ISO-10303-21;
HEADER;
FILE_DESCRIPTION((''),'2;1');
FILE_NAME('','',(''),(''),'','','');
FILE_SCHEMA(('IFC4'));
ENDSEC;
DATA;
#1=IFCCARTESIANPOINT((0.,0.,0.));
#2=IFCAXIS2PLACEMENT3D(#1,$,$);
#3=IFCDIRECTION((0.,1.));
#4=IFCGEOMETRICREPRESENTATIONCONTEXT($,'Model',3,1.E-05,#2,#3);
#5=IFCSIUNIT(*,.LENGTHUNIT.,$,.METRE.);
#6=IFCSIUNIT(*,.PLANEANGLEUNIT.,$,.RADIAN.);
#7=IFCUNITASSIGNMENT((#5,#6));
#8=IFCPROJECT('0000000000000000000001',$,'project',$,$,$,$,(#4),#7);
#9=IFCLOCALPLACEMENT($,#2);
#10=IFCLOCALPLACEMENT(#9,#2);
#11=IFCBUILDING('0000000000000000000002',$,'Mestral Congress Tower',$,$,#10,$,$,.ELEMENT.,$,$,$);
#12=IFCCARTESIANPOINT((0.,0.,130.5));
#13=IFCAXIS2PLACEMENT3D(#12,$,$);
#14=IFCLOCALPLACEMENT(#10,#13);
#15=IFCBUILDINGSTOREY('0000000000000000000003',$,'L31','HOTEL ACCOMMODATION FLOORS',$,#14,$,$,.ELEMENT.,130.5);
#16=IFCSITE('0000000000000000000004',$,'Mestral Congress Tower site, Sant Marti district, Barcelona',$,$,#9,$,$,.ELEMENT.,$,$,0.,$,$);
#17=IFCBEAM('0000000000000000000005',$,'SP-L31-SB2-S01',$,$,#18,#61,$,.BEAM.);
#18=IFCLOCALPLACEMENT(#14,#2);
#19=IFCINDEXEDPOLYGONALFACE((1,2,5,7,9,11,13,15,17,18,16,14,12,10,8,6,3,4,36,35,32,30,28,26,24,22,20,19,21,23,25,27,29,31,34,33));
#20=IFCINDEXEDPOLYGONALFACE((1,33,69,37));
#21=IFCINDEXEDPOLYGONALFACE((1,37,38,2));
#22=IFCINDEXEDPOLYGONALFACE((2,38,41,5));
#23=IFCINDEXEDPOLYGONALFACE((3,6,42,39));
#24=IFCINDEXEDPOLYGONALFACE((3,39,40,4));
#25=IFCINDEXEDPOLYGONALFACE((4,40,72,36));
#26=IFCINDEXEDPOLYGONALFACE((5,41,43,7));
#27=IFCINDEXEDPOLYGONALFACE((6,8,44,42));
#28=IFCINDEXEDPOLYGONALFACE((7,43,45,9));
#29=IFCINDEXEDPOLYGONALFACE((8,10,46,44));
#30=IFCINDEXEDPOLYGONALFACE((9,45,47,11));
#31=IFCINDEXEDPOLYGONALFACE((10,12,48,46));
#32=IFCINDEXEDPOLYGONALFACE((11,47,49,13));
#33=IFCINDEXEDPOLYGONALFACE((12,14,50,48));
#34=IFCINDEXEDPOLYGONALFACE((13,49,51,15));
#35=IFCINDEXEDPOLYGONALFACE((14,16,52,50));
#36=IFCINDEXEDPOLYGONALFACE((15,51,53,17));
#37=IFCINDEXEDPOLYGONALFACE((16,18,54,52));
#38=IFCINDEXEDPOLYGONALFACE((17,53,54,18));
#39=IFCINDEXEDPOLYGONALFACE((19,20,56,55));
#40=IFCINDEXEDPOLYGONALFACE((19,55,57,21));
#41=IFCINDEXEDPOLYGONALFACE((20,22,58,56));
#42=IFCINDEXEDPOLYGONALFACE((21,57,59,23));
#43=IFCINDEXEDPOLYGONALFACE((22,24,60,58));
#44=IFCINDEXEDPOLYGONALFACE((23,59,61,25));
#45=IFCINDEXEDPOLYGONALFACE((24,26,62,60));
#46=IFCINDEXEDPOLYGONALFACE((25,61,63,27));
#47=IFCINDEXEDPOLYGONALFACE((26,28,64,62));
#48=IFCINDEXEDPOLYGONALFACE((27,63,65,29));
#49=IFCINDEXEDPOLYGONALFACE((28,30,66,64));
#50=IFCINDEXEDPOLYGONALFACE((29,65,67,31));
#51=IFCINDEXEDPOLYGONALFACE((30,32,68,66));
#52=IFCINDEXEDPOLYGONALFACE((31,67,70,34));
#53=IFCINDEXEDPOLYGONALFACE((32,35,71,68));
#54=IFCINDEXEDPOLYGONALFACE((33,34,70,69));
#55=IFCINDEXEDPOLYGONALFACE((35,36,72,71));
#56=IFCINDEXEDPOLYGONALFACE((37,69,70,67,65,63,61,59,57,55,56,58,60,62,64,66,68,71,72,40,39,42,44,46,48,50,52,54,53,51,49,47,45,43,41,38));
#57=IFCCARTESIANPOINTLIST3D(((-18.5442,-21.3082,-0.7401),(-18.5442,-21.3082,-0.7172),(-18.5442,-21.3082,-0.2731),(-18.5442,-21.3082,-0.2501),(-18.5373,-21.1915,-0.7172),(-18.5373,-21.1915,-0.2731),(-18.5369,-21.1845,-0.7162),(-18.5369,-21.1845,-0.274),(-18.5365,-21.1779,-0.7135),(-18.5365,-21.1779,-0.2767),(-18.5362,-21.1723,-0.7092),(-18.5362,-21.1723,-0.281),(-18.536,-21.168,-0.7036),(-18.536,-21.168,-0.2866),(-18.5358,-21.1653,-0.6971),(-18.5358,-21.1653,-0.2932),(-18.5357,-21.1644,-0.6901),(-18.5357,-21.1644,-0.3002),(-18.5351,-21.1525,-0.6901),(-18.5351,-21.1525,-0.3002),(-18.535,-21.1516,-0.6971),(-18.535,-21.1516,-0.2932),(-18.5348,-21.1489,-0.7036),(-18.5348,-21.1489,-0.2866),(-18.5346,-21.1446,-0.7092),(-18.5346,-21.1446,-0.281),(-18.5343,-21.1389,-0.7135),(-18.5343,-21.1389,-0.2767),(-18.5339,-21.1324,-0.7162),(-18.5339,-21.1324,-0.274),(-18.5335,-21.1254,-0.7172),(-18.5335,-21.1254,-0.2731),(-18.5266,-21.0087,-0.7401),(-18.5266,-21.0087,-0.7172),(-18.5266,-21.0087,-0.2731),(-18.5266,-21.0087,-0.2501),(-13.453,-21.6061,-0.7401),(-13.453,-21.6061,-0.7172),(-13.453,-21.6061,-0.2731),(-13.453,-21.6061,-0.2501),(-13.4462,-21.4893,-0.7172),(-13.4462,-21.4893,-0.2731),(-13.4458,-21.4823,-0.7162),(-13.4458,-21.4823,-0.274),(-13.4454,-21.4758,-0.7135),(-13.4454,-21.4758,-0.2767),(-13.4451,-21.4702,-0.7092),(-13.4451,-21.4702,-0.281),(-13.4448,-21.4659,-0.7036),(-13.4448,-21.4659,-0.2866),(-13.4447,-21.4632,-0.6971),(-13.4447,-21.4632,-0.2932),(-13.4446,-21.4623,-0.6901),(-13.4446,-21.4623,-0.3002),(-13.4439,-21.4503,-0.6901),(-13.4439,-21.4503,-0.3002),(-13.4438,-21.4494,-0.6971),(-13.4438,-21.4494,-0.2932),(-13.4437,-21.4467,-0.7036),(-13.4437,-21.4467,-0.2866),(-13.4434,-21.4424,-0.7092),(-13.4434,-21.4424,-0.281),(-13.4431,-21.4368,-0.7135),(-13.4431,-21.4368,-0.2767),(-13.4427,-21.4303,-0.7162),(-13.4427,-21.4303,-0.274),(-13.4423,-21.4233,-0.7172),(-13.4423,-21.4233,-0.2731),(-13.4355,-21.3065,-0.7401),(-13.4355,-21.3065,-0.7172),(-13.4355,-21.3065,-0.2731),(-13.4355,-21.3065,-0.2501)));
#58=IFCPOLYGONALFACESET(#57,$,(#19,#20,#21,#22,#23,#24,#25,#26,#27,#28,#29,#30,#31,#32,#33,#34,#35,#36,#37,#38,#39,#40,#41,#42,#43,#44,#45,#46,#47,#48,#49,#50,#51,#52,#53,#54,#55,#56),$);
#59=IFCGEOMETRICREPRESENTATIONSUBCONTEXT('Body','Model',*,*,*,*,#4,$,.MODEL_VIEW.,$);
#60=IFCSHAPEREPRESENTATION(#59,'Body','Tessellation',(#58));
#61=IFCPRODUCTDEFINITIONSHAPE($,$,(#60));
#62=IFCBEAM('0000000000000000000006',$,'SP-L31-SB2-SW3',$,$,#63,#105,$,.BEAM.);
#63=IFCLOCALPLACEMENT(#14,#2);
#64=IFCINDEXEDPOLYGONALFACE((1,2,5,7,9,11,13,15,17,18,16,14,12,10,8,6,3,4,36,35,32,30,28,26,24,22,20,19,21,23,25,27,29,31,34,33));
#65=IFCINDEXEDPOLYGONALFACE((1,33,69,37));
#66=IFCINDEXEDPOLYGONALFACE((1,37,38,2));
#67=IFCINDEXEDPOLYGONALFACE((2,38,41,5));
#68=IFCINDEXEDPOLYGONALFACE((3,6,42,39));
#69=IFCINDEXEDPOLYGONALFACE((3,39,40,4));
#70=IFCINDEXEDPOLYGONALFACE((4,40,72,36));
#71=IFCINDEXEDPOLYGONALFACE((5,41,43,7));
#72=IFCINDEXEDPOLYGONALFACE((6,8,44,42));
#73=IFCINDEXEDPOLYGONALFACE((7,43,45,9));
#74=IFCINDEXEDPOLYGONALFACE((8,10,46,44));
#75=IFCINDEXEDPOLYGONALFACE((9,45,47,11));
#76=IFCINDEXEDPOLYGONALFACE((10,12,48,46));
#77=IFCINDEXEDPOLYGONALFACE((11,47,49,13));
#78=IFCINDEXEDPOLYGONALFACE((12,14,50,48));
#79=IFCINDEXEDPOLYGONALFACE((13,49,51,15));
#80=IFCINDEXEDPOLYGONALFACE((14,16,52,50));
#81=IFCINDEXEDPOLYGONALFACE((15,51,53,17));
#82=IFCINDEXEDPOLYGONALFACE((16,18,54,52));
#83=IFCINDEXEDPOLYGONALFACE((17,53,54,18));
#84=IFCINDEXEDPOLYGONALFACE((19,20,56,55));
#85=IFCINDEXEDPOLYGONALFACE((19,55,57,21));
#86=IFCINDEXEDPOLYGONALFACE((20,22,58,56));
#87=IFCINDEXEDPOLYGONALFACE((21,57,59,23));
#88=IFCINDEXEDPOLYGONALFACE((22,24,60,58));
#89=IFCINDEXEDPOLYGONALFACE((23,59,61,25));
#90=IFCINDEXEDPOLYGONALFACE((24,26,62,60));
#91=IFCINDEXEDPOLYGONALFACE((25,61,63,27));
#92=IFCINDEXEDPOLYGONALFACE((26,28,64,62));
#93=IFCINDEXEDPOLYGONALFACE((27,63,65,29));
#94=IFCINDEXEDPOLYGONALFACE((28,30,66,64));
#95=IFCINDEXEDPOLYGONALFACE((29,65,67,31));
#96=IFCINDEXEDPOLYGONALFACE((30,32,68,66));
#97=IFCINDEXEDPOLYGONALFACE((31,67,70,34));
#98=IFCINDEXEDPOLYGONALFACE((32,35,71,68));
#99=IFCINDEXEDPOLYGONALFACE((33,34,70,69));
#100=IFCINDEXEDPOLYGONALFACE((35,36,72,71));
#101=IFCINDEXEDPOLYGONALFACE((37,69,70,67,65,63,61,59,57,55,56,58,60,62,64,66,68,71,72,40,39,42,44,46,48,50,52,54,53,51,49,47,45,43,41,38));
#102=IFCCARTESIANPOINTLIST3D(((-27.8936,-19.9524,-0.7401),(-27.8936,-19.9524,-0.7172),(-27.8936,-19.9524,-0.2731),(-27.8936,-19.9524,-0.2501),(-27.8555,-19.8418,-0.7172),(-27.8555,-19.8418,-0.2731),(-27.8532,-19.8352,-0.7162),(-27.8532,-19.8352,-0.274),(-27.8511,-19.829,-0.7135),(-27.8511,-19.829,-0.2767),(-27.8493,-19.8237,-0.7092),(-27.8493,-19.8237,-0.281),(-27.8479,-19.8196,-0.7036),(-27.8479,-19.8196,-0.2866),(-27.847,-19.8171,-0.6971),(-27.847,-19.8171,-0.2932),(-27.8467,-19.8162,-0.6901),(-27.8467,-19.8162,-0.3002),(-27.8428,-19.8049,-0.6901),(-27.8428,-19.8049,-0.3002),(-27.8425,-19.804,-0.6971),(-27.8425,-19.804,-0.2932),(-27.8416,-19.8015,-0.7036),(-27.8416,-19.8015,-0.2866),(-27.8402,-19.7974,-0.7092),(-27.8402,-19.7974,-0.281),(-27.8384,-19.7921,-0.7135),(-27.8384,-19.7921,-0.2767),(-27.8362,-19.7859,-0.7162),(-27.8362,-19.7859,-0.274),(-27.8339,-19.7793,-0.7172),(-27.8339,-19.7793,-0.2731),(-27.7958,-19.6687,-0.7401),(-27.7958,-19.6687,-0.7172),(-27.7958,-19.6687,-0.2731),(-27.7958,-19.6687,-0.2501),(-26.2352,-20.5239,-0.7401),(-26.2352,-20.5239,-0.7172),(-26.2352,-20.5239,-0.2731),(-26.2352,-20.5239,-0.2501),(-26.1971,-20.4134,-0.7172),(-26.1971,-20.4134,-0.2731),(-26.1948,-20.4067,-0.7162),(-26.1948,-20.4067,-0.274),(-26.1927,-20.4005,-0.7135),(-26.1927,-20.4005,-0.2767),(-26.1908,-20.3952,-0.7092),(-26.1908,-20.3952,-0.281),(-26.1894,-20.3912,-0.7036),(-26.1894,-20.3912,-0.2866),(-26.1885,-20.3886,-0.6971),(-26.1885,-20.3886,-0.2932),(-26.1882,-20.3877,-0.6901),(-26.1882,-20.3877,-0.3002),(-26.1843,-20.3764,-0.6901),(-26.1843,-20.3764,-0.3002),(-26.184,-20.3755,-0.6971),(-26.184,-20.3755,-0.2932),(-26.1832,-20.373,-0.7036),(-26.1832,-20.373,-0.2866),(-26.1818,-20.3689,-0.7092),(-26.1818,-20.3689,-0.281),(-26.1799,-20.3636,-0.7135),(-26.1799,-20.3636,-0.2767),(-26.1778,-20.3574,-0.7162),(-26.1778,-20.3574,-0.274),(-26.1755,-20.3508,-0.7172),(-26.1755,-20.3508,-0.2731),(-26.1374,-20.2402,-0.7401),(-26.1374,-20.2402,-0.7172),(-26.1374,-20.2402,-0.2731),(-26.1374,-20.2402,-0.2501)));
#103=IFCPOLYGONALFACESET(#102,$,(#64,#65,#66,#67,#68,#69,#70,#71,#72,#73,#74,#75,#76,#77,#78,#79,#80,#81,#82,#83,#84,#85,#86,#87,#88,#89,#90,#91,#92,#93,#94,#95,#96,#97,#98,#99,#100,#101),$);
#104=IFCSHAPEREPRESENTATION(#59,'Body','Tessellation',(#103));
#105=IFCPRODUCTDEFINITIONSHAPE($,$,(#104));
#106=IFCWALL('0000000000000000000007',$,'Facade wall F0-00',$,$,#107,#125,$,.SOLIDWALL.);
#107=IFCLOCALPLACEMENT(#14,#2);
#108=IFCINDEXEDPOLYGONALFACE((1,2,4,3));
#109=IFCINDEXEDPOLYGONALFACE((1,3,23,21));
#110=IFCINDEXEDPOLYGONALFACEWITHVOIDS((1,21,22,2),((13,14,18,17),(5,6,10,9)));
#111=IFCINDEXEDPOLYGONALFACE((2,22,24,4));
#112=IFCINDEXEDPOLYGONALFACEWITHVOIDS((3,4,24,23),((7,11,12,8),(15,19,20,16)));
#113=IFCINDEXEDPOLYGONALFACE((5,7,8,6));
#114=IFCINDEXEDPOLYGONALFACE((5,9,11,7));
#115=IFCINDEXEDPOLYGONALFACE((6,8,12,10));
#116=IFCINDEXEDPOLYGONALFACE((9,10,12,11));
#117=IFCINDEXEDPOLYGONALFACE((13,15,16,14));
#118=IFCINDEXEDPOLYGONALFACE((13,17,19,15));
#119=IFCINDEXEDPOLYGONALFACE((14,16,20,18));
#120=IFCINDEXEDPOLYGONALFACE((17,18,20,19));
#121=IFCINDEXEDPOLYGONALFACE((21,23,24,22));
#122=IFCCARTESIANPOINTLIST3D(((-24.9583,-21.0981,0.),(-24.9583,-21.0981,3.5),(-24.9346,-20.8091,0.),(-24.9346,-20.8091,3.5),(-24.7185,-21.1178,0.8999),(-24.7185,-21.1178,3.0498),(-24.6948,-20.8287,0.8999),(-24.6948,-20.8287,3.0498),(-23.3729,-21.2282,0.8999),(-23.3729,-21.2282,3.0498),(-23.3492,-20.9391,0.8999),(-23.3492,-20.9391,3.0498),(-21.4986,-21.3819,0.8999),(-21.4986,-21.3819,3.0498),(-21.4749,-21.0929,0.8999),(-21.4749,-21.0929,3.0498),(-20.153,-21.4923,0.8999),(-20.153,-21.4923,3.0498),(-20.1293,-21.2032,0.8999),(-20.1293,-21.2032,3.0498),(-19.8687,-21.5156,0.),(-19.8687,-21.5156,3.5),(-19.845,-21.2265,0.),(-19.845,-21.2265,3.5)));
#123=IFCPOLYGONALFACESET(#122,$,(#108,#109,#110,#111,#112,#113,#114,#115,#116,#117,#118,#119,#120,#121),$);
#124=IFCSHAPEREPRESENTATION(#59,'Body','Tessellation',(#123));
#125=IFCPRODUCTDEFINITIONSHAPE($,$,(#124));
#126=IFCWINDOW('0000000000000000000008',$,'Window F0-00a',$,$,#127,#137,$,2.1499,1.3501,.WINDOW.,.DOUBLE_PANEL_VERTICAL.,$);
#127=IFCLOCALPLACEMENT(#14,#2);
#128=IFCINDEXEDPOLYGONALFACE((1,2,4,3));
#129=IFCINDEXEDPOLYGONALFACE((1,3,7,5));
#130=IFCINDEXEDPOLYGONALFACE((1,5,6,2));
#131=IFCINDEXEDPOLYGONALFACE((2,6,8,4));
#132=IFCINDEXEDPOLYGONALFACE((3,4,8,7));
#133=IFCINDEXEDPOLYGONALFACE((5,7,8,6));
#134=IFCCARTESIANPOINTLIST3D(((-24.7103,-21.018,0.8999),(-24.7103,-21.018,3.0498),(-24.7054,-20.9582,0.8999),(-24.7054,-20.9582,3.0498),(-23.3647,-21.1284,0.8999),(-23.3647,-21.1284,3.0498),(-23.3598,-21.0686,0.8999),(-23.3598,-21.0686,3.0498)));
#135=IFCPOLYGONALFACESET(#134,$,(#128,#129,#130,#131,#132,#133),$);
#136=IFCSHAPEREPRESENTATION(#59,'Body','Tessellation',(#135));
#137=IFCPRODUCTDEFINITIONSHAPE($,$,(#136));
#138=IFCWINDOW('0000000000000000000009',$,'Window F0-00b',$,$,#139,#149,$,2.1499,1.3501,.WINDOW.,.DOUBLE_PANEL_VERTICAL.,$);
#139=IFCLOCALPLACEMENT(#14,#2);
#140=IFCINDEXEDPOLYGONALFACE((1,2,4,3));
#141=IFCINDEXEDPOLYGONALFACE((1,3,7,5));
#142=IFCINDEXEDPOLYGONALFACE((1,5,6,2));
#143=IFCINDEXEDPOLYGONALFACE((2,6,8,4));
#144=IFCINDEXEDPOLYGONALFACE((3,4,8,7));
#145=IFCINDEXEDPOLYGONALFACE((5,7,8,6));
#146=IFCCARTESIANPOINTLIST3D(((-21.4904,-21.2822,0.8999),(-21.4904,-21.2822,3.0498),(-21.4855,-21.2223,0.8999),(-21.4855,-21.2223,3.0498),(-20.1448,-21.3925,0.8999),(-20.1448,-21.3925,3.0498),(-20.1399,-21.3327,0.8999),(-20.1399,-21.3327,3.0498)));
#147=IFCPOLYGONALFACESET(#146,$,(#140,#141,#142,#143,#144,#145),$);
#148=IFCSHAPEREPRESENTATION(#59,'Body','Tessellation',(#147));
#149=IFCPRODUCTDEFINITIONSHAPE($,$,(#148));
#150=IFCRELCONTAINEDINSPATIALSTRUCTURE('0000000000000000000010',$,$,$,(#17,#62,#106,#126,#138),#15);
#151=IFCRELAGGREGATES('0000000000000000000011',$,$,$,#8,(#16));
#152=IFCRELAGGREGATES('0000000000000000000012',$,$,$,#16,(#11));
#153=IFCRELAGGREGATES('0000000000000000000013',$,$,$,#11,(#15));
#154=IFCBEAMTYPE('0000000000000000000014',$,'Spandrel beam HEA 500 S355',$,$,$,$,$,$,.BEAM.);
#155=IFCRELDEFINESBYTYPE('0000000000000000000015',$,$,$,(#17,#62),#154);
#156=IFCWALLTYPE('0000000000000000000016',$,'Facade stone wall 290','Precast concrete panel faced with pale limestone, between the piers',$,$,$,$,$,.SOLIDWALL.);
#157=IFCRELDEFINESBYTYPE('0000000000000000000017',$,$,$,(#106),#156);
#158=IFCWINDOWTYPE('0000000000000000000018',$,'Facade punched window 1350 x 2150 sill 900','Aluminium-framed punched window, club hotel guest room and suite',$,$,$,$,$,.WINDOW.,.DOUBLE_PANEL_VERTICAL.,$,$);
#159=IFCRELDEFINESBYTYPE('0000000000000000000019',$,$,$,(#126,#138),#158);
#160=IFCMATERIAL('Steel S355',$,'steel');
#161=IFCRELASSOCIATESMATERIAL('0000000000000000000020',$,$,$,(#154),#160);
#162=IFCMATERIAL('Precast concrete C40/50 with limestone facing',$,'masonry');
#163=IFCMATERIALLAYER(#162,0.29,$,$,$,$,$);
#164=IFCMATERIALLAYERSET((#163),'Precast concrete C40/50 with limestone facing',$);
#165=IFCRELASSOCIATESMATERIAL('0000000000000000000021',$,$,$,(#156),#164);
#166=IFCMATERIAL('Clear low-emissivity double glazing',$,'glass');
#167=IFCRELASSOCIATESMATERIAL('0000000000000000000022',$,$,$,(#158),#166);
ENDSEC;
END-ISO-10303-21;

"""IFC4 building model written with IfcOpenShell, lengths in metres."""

from ifc_helpers import new_model, si_unit, direction, frame, frame_2d, origin, origin_2d, place, context, subcontext, project, spatial, rectangle, i_section, extrude, material, layer, layer_set, material_profile, profile_set, type_object, element, fill, save


model = new_model("IFC4")

# Units and contexts
model_context = context("Model", 3, precision=1e-05, world=origin(), true_north=direction((0.0, 1.0)))
body_context = subcontext(model_context, "Body", "Model", "MODEL_VIEW")
ifc_project = project(units=[si_unit("LENGTHUNIT", "METRE"), si_unit("PLANEANGLEUNIT", "RADIAN")], contexts=[model_context])

# Site, building, storey
site_placement = place(None, origin())
site = spatial("IfcSite", under=ifc_project, at=site_placement, Name="Mestral Congress Tower site, Sant Marti district, Barcelona", CompositionType="ELEMENT", RefElevation=0.0)
building_placement = place(site_placement, origin())
building = spatial("IfcBuilding", under=site, at=building_placement, Name="Mestral Congress Tower", CompositionType="ELEMENT")
storey_placement = place(building_placement, frame((0.0, 0.0, 130.5)))
storey = spatial("IfcBuildingStorey", under=building, at=storey_placement, Name="L31", Description="HOTEL ACCOMMODATION FLOORS", CompositionType="ELEMENT", Elevation=130.5)

# Beams
ifc_material_1 = material(Name="Steel S355", Category="steel")
ifc_material_profile_1 = material_profile(ifc_material_1, i_section(OverallWidth=0.3, OverallDepth=0.49, WebThickness=0.012, FlangeThickness=0.0229, FilletRadius=0.0271, at=origin_2d()), Name="HEA 500")
ifc_profile_set_1 = profile_set([ifc_material_profile_1], Name="Steel S355")
beam_type_1 = type_object("IfcBeamType", Name="Spandrel beam HEA 500 S355", PredefinedType="BEAM", material=ifc_profile_set_1)
beam_1_placement = place(storey_placement, frame((-18.5354, -21.1584, -0.4951), z_axis=(0.998293, -0.058405, 0.0), x_axis=(0.058405, 0.998293, 0.0)))
element("IfcBeam", 1, at=beam_1_placement, inside=storey, type_object=beam_type_1, Name="SP-L31-SB2-S01", PredefinedType="BEAM", context=body_context, shape_type="SweptSolid", body=[
    extrude(i_section(OverallWidth=0.3, OverallDepth=0.49, WebThickness=0.012, FlangeThickness=0.0229, FilletRadius=0.0271, at=origin_2d()), origin(), (0.0, 0.0, 1.0), 5.0999),
])
beam_2_placement = place(storey_placement, frame((-27.8447, -19.8105, -0.4951), z_axis=(0.945434, -0.325815, 0.0), x_axis=(0.325815, 0.945434, 0.0)))
element("IfcBeam", 2, at=beam_2_placement, inside=storey, type_object=beam_type_1, Name="SP-L31-SB2-SW3", PredefinedType="BEAM", context=body_context, shape_type="SweptSolid", body=[
    extrude(i_section(OverallWidth=0.3, OverallDepth=0.49, WebThickness=0.012, FlangeThickness=0.0229, FilletRadius=0.0271, at=origin_2d()), origin(), (0.0, 0.0, 1.0), 1.7542),
])

# Wall, openings, windows
ifc_material_2 = material(Name="Precast concrete C40/50 with limestone facing", Category="masonry")
ifc_layer_1 = layer(ifc_material_2, 0.29)
ifc_layer_set_1 = layer_set([ifc_layer_1], Name="Precast concrete C40/50 with limestone facing")
wall_type_1 = type_object("IfcWallType", Name="Facade stone wall 290", Description="Precast concrete panel faced with pale limestone, between the piers", PredefinedType="SOLIDWALL", material=ifc_layer_set_1)
wall_1_placement = place(storey_placement, frame((-24.9463, -20.9536, 0.0), z_axis=(0.0, 0.0, 1.0), x_axis=(0.996653, -0.081752, 0.0)))
wall_1 = element("IfcWall", 3, at=wall_1_placement, inside=storey, type_object=wall_type_1, Name="Facade wall F0-00", PredefinedType="SOLIDWALL", context=body_context, shape_type="SweptSolid", body=[
    extrude(rectangle(XDim=5.1067, YDim=0.29, at=frame_2d((2.5532, 0.0))), origin(), (0.0, 0.0, 1.0), 3.5),
])
opening_1_placement = place(wall_1_placement, frame((0.2405, 0.0, 0.8999)))
opening_1 = element("IfcOpeningElement", 4, at=opening_1_placement, cuts=wall_1, PredefinedType="OPENING", context=body_context, shape_type="SweptSolid", body=[
    extrude(rectangle(XDim=1.3501, YDim=2.1499, at=frame_2d((0.675, 1.075))), frame((0.0, 0.155, 0.0), z_axis=(0.0, -1.0, 0.0), x_axis=(1.0, 0.0, 0.0)), (0.0, 0.0, 1.0), 0.3101),
])
opening_2_placement = place(wall_1_placement, frame((3.4712, 0.0, 0.8999)))
opening_2 = element("IfcOpeningElement", 5, at=opening_2_placement, cuts=wall_1, PredefinedType="OPENING", context=body_context, shape_type="SweptSolid", body=[
    extrude(rectangle(XDim=1.3501, YDim=2.1499, at=frame_2d((0.675, 1.075))), frame((0.0, 0.155, 0.0), z_axis=(0.0, -1.0, 0.0), x_axis=(1.0, 0.0, 0.0)), (0.0, 0.0, 1.0), 0.3101),
])
ifc_material_3 = material(Name="Clear low-emissivity double glazing", Category="glass")
window_type_1 = type_object("IfcWindowType", Name="Facade punched window 1350 x 2150 sill 900", Description="Aluminium-framed punched window, club hotel guest room and suite", PartitioningType="DOUBLE_PANEL_VERTICAL", PredefinedType="WINDOW", material=ifc_material_3)
window_1_placement = place(opening_1_placement, origin())
window_1 = element("IfcWindow", 6, at=window_1_placement, inside=storey, type_object=window_type_1, Name="Window F0-00a", OverallHeight=2.1499, OverallWidth=1.3501, PartitioningType="DOUBLE_PANEL_VERTICAL", PredefinedType="WINDOW", context=body_context, shape_type="SweptSolid", body=[
    extrude(rectangle(XDim=1.3501, YDim=2.1499, at=frame_2d((0.675, 1.075))), frame((0.0, 0.0151, 0.0), z_axis=(0.0, -1.0, 0.0), x_axis=(1.0, 0.0, 0.0)), (0.0, 0.0, 1.0), 0.0601),
])
fill(opening_1, window_1)
window_2_placement = place(opening_2_placement, origin())
window_2 = element("IfcWindow", 7, at=window_2_placement, inside=storey, type_object=window_type_1, Name="Window F0-00b", OverallHeight=2.1499, OverallWidth=1.3501, PartitioningType="DOUBLE_PANEL_VERTICAL", PredefinedType="WINDOW", context=body_context, shape_type="SweptSolid", body=[
    extrude(rectangle(XDim=1.3501, YDim=2.1499, at=frame_2d((0.675, 1.075))), frame((0.0, 0.0151, 0.0), z_axis=(0.0, -1.0, 0.0), x_axis=(1.0, 0.0, 0.0)), (0.0, 0.0, 1.0), 0.0601),
])
fill(opening_2, window_2)

save(model, "model.ifc")
